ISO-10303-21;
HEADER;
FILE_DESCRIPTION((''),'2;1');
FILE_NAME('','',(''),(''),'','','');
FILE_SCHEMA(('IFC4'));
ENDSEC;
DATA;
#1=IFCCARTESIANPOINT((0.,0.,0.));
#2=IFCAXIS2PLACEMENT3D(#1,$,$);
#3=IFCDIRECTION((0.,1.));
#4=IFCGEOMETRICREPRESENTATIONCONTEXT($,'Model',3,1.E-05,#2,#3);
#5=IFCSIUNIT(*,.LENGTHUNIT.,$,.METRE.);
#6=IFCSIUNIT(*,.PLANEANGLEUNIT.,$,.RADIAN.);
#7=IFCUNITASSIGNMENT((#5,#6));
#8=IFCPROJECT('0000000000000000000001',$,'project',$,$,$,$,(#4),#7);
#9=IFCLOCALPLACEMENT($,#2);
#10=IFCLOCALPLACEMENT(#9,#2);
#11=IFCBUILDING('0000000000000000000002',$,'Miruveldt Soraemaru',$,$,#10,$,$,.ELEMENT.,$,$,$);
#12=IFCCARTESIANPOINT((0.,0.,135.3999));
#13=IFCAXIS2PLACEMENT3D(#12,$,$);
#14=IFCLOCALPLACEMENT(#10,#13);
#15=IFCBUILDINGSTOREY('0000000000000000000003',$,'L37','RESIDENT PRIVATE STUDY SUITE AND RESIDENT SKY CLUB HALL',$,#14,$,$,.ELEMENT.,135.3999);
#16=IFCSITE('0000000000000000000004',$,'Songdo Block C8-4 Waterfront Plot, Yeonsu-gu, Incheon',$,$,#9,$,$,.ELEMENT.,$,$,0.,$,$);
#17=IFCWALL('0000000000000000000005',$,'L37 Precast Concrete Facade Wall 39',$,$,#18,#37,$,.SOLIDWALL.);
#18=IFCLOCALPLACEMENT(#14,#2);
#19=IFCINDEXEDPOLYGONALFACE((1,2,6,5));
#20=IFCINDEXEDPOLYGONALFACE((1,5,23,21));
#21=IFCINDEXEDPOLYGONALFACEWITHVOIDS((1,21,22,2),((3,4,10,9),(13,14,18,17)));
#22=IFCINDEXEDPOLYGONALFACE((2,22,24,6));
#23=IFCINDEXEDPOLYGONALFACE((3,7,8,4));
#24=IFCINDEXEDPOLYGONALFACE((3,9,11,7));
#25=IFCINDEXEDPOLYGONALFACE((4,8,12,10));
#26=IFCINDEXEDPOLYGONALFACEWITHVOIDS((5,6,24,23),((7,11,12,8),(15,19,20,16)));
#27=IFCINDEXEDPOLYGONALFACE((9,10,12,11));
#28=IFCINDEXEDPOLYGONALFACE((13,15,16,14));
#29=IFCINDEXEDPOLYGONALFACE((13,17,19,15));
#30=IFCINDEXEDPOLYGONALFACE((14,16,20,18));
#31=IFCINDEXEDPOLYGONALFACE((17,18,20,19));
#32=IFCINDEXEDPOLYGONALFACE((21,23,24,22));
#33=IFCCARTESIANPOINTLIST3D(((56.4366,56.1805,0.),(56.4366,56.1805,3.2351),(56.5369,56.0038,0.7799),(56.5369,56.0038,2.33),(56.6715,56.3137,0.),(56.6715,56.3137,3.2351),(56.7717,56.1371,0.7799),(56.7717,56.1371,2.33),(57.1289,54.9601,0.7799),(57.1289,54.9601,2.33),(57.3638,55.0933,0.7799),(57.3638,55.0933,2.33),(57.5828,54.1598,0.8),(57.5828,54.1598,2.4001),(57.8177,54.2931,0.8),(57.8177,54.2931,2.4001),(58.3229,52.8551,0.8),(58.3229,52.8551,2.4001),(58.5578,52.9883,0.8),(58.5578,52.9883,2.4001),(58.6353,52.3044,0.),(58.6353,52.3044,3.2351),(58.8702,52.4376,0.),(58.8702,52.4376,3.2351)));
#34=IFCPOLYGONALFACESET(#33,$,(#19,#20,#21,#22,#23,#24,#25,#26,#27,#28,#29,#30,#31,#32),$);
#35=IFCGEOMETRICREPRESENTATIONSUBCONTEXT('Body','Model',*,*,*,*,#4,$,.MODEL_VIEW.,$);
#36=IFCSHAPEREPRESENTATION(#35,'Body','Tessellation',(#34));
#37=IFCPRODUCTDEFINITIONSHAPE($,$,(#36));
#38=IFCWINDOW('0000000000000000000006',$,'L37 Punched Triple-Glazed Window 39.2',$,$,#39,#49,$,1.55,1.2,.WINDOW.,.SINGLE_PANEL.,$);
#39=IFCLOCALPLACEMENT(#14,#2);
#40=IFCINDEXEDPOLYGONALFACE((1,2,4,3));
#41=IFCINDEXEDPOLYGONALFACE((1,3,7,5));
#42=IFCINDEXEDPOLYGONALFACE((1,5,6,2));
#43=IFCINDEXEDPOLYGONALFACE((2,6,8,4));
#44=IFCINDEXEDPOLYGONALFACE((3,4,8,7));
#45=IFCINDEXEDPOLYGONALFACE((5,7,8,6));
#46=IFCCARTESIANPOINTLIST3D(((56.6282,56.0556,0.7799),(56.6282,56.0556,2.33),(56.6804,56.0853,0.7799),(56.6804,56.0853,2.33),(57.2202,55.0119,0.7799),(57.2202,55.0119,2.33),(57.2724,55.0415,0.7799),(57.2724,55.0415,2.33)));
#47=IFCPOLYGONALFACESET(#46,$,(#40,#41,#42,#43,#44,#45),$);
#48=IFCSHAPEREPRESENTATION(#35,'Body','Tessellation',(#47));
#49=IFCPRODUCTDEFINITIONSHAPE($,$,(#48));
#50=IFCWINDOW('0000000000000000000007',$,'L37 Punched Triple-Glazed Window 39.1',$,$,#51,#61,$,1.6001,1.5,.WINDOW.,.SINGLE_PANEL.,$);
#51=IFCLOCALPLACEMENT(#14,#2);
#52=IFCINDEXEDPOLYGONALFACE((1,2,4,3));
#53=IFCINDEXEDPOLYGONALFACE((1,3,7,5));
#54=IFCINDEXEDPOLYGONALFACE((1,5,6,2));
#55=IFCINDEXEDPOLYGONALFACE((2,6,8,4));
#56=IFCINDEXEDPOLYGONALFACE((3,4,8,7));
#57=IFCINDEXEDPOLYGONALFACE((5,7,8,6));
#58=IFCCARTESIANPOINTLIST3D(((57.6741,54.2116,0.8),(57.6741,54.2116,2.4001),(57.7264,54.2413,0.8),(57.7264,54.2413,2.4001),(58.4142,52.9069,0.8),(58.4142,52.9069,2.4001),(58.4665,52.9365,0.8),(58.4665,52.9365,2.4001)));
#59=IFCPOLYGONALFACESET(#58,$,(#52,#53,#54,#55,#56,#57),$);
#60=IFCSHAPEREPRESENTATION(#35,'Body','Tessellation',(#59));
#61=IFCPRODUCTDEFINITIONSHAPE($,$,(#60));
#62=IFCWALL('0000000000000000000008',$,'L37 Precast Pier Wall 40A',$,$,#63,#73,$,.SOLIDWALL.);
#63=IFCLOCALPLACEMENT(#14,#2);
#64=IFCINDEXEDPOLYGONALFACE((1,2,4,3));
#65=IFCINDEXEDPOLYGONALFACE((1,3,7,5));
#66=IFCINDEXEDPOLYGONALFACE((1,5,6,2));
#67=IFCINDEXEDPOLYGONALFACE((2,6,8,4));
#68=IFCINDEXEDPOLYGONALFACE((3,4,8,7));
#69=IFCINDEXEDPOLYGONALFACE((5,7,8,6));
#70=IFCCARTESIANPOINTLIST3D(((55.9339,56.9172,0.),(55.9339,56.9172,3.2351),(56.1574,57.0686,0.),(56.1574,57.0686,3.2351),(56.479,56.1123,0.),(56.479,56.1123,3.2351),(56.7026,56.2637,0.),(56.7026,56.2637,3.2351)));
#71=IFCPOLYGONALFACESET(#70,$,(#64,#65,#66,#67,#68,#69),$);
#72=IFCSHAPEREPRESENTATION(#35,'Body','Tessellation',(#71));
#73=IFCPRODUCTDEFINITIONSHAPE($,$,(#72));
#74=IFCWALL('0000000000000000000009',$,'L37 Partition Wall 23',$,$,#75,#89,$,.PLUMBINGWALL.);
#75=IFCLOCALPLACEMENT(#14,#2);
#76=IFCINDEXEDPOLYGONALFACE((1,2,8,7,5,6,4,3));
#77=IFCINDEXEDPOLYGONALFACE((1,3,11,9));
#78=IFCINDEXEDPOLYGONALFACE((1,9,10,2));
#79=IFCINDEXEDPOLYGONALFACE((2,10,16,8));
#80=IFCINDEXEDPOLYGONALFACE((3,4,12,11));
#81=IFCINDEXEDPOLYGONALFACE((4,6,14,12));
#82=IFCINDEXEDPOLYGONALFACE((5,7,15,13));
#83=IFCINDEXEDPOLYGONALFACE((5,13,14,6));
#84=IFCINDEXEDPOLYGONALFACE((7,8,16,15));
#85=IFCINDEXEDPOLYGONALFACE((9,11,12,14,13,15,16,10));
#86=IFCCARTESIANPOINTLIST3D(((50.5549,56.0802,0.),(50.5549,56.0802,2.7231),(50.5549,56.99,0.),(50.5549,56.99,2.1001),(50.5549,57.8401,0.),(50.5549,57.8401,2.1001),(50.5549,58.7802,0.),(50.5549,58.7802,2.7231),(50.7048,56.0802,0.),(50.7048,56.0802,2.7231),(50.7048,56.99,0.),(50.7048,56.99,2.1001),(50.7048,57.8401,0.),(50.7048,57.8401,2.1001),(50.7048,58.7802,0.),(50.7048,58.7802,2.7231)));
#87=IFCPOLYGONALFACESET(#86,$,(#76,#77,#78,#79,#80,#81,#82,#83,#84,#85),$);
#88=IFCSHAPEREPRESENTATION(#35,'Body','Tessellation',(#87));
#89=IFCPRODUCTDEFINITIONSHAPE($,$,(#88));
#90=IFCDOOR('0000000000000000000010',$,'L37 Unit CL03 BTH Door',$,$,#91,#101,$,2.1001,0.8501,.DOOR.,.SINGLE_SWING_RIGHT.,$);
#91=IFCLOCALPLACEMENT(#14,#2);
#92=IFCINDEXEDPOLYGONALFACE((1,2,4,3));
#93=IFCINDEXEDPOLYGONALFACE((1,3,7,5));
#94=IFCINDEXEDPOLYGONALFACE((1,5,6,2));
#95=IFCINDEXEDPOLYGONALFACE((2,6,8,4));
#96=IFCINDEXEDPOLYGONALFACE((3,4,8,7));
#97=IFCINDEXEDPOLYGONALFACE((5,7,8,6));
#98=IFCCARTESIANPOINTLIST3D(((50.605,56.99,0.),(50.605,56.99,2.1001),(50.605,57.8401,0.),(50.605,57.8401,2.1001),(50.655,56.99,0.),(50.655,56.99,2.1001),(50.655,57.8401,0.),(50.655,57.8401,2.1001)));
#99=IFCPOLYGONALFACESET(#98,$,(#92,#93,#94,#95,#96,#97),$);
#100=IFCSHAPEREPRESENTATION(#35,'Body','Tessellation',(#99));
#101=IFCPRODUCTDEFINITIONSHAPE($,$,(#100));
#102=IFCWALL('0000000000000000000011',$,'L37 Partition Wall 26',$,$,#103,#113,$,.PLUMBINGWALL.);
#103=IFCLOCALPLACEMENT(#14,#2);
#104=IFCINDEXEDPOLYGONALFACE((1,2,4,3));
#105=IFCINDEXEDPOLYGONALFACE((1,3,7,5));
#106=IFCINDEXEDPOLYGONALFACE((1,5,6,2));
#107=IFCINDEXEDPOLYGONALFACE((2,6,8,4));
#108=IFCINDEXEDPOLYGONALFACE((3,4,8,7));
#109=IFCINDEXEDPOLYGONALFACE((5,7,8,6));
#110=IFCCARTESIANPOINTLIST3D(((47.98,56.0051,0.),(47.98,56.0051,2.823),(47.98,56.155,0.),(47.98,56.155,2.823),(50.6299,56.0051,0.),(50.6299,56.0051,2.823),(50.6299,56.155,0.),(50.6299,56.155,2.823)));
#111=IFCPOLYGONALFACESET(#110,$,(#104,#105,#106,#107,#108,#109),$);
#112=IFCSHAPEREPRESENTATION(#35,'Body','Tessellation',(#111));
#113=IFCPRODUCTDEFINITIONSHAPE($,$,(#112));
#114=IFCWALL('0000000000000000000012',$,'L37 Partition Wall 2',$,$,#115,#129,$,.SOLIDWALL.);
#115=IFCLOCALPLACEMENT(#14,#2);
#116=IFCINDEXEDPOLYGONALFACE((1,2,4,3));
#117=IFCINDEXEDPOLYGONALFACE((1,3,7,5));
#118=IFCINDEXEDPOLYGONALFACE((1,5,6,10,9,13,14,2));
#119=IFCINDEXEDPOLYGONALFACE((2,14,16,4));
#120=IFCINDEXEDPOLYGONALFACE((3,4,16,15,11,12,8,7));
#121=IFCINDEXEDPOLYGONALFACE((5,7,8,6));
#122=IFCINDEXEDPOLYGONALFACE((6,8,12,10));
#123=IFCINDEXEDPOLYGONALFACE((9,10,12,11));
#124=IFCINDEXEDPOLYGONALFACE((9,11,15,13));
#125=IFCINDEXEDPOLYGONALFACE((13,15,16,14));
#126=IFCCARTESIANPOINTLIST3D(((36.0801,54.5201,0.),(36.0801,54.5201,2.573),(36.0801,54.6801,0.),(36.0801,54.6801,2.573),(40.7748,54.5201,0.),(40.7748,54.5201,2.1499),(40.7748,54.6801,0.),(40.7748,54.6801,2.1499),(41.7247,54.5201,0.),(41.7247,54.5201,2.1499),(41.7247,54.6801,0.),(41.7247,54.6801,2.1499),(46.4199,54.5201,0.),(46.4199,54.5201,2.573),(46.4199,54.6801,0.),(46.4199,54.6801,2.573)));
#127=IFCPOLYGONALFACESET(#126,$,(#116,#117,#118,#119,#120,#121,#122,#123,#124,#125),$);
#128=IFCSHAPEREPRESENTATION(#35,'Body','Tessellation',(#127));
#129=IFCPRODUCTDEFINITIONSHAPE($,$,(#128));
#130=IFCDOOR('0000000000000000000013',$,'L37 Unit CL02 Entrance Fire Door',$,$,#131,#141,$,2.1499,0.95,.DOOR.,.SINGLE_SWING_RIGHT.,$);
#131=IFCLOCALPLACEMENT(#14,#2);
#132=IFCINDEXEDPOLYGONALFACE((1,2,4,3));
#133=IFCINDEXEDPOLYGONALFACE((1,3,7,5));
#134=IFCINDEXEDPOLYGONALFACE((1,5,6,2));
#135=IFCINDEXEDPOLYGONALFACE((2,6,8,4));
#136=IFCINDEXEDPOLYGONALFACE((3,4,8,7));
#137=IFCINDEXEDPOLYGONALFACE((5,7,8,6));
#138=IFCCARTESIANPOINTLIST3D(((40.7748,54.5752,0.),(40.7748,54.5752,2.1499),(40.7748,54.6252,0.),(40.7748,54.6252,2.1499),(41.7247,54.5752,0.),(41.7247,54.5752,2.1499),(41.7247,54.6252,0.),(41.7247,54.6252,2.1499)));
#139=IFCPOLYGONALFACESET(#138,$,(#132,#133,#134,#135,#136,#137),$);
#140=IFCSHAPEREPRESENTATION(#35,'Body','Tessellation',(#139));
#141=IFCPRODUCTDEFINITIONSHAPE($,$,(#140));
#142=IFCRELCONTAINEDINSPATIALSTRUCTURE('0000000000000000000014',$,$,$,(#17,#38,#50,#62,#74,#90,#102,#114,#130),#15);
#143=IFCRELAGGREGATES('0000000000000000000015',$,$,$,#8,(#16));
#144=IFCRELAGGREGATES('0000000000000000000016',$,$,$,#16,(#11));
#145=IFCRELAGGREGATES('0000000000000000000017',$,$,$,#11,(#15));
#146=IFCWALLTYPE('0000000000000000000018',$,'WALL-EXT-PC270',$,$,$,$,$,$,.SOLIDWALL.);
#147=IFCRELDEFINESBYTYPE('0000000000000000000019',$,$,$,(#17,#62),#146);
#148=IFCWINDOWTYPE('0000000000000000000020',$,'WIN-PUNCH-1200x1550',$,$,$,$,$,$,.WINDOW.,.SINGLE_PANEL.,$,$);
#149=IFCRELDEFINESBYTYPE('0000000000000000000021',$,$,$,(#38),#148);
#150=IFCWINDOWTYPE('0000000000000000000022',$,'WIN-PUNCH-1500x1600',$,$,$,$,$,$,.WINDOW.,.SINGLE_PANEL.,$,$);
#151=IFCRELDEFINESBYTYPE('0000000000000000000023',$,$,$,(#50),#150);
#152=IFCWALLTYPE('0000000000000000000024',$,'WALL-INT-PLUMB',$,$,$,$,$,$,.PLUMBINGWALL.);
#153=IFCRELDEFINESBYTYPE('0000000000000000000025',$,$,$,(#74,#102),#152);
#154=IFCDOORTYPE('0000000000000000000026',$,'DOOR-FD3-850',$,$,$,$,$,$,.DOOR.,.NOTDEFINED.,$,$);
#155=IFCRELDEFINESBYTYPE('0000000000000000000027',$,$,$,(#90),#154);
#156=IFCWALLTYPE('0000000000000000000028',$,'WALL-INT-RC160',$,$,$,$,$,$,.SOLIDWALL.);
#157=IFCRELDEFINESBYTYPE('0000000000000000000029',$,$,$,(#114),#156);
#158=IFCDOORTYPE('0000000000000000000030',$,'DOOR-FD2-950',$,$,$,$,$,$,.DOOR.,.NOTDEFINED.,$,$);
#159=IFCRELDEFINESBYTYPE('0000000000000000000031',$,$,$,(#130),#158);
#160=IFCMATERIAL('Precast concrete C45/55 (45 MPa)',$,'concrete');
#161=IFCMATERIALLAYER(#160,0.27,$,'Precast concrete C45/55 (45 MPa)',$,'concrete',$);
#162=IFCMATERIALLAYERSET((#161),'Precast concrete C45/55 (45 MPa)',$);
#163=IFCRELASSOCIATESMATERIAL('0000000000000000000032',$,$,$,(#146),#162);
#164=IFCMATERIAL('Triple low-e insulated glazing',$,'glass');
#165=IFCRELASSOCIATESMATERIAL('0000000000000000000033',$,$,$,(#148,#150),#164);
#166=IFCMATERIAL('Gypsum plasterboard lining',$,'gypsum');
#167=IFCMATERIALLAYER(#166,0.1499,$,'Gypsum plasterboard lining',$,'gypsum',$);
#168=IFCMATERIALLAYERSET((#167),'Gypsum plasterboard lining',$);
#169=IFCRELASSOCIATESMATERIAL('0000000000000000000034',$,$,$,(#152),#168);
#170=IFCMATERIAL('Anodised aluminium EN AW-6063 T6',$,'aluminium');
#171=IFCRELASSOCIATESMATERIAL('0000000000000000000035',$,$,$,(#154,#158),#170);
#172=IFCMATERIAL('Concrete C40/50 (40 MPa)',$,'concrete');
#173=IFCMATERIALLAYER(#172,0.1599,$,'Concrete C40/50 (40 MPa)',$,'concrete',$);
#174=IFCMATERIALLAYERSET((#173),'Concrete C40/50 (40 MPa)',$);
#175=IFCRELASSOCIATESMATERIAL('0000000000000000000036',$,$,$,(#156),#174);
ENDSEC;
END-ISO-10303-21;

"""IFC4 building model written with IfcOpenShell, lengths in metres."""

from ifc_helpers import new_model, si_unit, direction, frame, frame_2d, origin, place, context, subcontext, project, spatial, rectangle, extrude, material, layer, layer_set, type_object, element, fill, save


model = new_model("IFC4")

# Units and contexts
model_context = context("Model", 3, precision=1e-05, world=origin(), true_north=direction((0.0, 1.0)))
body_context = subcontext(model_context, "Body", "Model", "MODEL_VIEW")
ifc_project = project(units=[si_unit("LENGTHUNIT", "METRE"), si_unit("PLANEANGLEUNIT", "RADIAN")], contexts=[model_context])

# Site, building, storey
site_placement = place(None, origin())
site = spatial("IfcSite", under=ifc_project, at=site_placement, Name="Songdo Block C8-4 Waterfront Plot, Yeonsu-gu, Incheon", CompositionType="ELEMENT", RefElevation=0.0)
building_placement = place(site_placement, origin())
building = spatial("IfcBuilding", under=site, at=building_placement, Name="Miruveldt Soraemaru", CompositionType="ELEMENT")
storey_placement = place(building_placement, frame((0.0, 0.0, 135.3999)))
storey = spatial("IfcBuildingStorey", under=building, at=storey_placement, Name="L37", Description="RESIDENT PRIVATE STUDY SUITE AND RESIDENT SKY CLUB HALL", CompositionType="ELEMENT", Elevation=135.3999)

# Shared definitions
ifc_material_1 = material(Name="Triple low-e insulated glazing", Category="glass")

# Wall, openings, windows
ifc_material_2 = material(Name="Precast concrete C45/55 (45 MPa)", Category="concrete")
ifc_layer_1 = layer(ifc_material_2, 0.27, Name="Precast concrete C45/55 (45 MPa)", Category="concrete")
ifc_layer_set_1 = layer_set([ifc_layer_1], Name="Precast concrete C45/55 (45 MPa)")
wall_type_1 = type_object("IfcWallType", Name="WALL-EXT-PC270", PredefinedType="SOLIDWALL", material=ifc_layer_set_1)
wall_1_placement = place(storey_placement, frame((58.7527, 52.3711, 0.0), z_axis=(0.0, 0.0, 1.0), x_axis=(-0.493387, 0.86981, 0.0)))
wall_1 = element("IfcWall", 1, at=wall_1_placement, inside=storey, type_object=wall_type_1, Name="L37 Precast Concrete Facade Wall 39", PredefinedType="SOLIDWALL", context=body_context, shape_type="SweptSolid", body=[
    extrude(rectangle(XDim=4.4563, YDim=0.27, at=frame_2d((2.228, 0.0))), origin(), (0.0, 0.0, 1.0), 3.2351),
])
opening_1_placement = place(wall_1_placement, frame((0.6331, 0.0, 0.8)))
opening_1 = element("IfcOpeningElement", 2, at=opening_1_placement, cuts=wall_1, PredefinedType="OPENING", context=body_context, shape_type="SweptSolid", body=[
    extrude(rectangle(XDim=1.5, YDim=1.6001, at=frame_2d((0.75, 0.8))), frame((0.0, 0.145, 0.0), z_axis=(0.0, -1.0, 0.0), x_axis=(1.0, 0.0, 0.0)), (0.0, 0.0, 1.0), 0.29),
])
opening_2_placement = place(wall_1_placement, frame((3.053, 0.0, 0.78)))
opening_2 = element("IfcOpeningElement", 3, at=opening_2_placement, cuts=wall_1, PredefinedType="OPENING", context=body_context, shape_type="SweptSolid", body=[
    extrude(rectangle(XDim=1.2, YDim=1.55, at=frame_2d((0.6001, 0.7749))), frame((0.0, 0.145, 0.0), z_axis=(0.0, -1.0, 0.0), x_axis=(1.0, 0.0, 0.0)), (0.0, 0.0, 1.0), 0.29),
])
window_type_1 = type_object("IfcWindowType", Name="WIN-PUNCH-1200x1550", PartitioningType="SINGLE_PANEL", PredefinedType="WINDOW", material=ifc_material_1)
window_1_placement = place(opening_2_placement, origin())
window_1 = element("IfcWindow", 4, at=window_1_placement, inside=storey, type_object=window_type_1, Name="L37 Punched Triple-Glazed Window 39.2", OverallHeight=1.55, OverallWidth=1.2, PartitioningType="SINGLE_PANEL", PredefinedType="WINDOW", context=body_context, shape_type="SweptSolid", body=[
    extrude(rectangle(XDim=1.2, YDim=1.55, at=frame_2d((0.6001, 0.7749))), frame((0.0, 0.03, 0.0), z_axis=(0.0, -1.0, 0.0), x_axis=(1.0, 0.0, 0.0)), (0.0, 0.0, 1.0), 0.0601),
])
fill(opening_2, window_1)
window_type_2 = type_object("IfcWindowType", Name="WIN-PUNCH-1500x1600", PartitioningType="SINGLE_PANEL", PredefinedType="WINDOW", material=ifc_material_1)
window_2_placement = place(opening_1_placement, origin())
window_2 = element("IfcWindow", 5, at=window_2_placement, inside=storey, type_object=window_type_2, Name="L37 Punched Triple-Glazed Window 39.1", OverallHeight=1.6001, OverallWidth=1.5, PartitioningType="SINGLE_PANEL", PredefinedType="WINDOW", context=body_context, shape_type="SweptSolid", body=[
    extrude(rectangle(XDim=1.5, YDim=1.6001, at=frame_2d((0.75, 0.8))), frame((0.0, 0.03, 0.0), z_axis=(0.0, -1.0, 0.0), x_axis=(1.0, 0.0, 0.0)), (0.0, 0.0, 1.0), 0.0601),
])
fill(opening_1, window_2)

# Wall
wall_2_placement = place(storey_placement, frame((56.5908, 56.188, 0.0), z_axis=(0.0, 0.0, 1.0), x_axis=(-0.56077, 0.827971, 0.0)))
element("IfcWall", 6, at=wall_2_placement, inside=storey, type_object=wall_type_1, Name="L37 Precast Pier Wall 40A", PredefinedType="SOLIDWALL", context=body_context, shape_type="SweptSolid", body=[
    extrude(rectangle(XDim=0.9722, YDim=0.27, at=frame_2d((0.4861, 0.0))), origin(), (0.0, 0.0, 1.0), 3.2351),
])

# Wall, opening, door
ifc_material_3 = material(Name="Gypsum plasterboard lining", Category="gypsum")
ifc_layer_2 = layer(ifc_material_3, 0.1499, Name="Gypsum plasterboard lining", Category="gypsum")
ifc_layer_set_2 = layer_set([ifc_layer_2], Name="Gypsum plasterboard lining")
wall_type_2 = type_object("IfcWallType", Name="WALL-INT-PLUMB", PredefinedType="PLUMBINGWALL", material=ifc_layer_set_2)
wall_3_placement = place(storey_placement, frame((50.6299, 56.0801, 0.0), z_axis=(0.0, 0.0, 1.0), x_axis=(0.0, 1.0, 0.0)))
wall_3 = element("IfcWall", 7, at=wall_3_placement, inside=storey, type_object=wall_type_2, Name="L37 Partition Wall 23", PredefinedType="PLUMBINGWALL", context=body_context, shape_type="SweptSolid", body=[
    extrude(rectangle(XDim=2.7, YDim=0.1499, at=frame_2d((1.3501, 0.0))), origin(), (0.0, 0.0, 1.0), 2.7231),
])
opening_3_placement = place(wall_3_placement, frame((0.9099, 0.0, 0.0)))
opening_3 = element("IfcOpeningElement", 8, at=opening_3_placement, cuts=wall_3, PredefinedType="OPENING", context=body_context, shape_type="SweptSolid", body=[
    extrude(rectangle(XDim=0.8501, YDim=2.1001, at=frame_2d((0.425, 1.05))), frame((0.0, 0.085, 0.0), z_axis=(0.0, -1.0, 0.0), x_axis=(1.0, 0.0, 0.0)), (0.0, 0.0, 1.0), 0.1699),
])
ifc_material_4 = material(Name="Anodised aluminium EN AW-6063 T6", Category="aluminium")
door_type_1 = type_object("IfcDoorType", Name="DOOR-FD3-850", OperationType="NOTDEFINED", PredefinedType="DOOR", material=ifc_material_4)
door_1_placement = place(opening_3_placement, origin())
door_1 = element("IfcDoor", 9, at=door_1_placement, inside=storey, type_object=door_type_1, Name="L37 Unit CL03 BTH Door", OperationType="SINGLE_SWING_RIGHT", OverallHeight=2.1001, OverallWidth=0.8501, PredefinedType="DOOR", context=body_context, shape_type="SweptSolid", body=[
    extrude(rectangle(XDim=0.8501, YDim=2.1001, at=frame_2d((0.425, 1.05))), frame((0.0, 0.0249, 0.0), z_axis=(0.0, -1.0, 0.0), x_axis=(1.0, 0.0, 0.0)), (0.0, 0.0, 1.0), 0.05),
])
fill(opening_3, door_1)

# Wall
wall_4_placement = place(storey_placement, frame((47.98, 56.0801, 0.0), z_axis=(0.0, 0.0, 1.0), x_axis=(1.0, 0.0, 0.0)))
element("IfcWall", 10, at=wall_4_placement, inside=storey, type_object=wall_type_2, Name="L37 Partition Wall 26", PredefinedType="PLUMBINGWALL", context=body_context, shape_type="SweptSolid", body=[
    extrude(rectangle(XDim=2.6499, YDim=0.1499, at=frame_2d((1.325, 0.0))), origin(), (0.0, 0.0, 1.0), 2.823),
])

# Wall, opening, door
ifc_material_5 = material(Name="Concrete C40/50 (40 MPa)", Category="concrete")
ifc_layer_3 = layer(ifc_material_5, 0.1599, Name="Concrete C40/50 (40 MPa)", Category="concrete")
ifc_layer_set_3 = layer_set([ifc_layer_3], Name="Concrete C40/50 (40 MPa)")
wall_type_3 = type_object("IfcWallType", Name="WALL-INT-RC160", PredefinedType="SOLIDWALL", material=ifc_layer_set_3)
wall_5_placement = place(storey_placement, frame((46.4199, 54.6001, 0.0), z_axis=(0.0, 0.0, 1.0), x_axis=(-1.0, 0.0, 0.0)))
wall_5 = element("IfcWall", 11, at=wall_5_placement, inside=storey, type_object=wall_type_3, Name="L37 Partition Wall 2", PredefinedType="SOLIDWALL", context=body_context, shape_type="SweptSolid", body=[
    extrude(rectangle(XDim=10.3398, YDim=0.1599, at=frame_2d((5.1699, 0.0))), origin(), (0.0, 0.0, 1.0), 2.573),
])
opening_4_placement = place(wall_5_placement, frame((4.6951, 0.0, 0.0)))
opening_4 = element("IfcOpeningElement", 12, at=opening_4_placement, cuts=wall_5, PredefinedType="OPENING", context=body_context, shape_type="SweptSolid", body=[
    extrude(rectangle(XDim=0.95, YDim=2.1499, at=frame_2d((0.4751, 1.075))), frame((0.0, 0.0898, 0.0), z_axis=(0.0, -1.0, 0.0), x_axis=(1.0, 0.0, 0.0)), (0.0, 0.0, 1.0), 0.1799),
])
door_type_2 = type_object("IfcDoorType", Name="DOOR-FD2-950", OperationType="NOTDEFINED", PredefinedType="DOOR", material=ifc_material_4)
door_2_placement = place(opening_4_placement, origin())
door_2 = element("IfcDoor", 13, at=door_2_placement, inside=storey, type_object=door_type_2, Name="L37 Unit CL02 Entrance Fire Door", OperationType="SINGLE_SWING_RIGHT", OverallHeight=2.1499, OverallWidth=0.95, PredefinedType="DOOR", context=body_context, shape_type="SweptSolid", body=[
    extrude(rectangle(XDim=0.95, YDim=2.1499, at=frame_2d((0.4751, 1.075))), frame((0.0, 0.0249, 0.0), z_axis=(0.0, -1.0, 0.0), x_axis=(1.0, 0.0, 0.0)), (0.0, 0.0, 1.0), 0.05),
])
fill(opening_4, door_2)

save(model, "model.ifc")
